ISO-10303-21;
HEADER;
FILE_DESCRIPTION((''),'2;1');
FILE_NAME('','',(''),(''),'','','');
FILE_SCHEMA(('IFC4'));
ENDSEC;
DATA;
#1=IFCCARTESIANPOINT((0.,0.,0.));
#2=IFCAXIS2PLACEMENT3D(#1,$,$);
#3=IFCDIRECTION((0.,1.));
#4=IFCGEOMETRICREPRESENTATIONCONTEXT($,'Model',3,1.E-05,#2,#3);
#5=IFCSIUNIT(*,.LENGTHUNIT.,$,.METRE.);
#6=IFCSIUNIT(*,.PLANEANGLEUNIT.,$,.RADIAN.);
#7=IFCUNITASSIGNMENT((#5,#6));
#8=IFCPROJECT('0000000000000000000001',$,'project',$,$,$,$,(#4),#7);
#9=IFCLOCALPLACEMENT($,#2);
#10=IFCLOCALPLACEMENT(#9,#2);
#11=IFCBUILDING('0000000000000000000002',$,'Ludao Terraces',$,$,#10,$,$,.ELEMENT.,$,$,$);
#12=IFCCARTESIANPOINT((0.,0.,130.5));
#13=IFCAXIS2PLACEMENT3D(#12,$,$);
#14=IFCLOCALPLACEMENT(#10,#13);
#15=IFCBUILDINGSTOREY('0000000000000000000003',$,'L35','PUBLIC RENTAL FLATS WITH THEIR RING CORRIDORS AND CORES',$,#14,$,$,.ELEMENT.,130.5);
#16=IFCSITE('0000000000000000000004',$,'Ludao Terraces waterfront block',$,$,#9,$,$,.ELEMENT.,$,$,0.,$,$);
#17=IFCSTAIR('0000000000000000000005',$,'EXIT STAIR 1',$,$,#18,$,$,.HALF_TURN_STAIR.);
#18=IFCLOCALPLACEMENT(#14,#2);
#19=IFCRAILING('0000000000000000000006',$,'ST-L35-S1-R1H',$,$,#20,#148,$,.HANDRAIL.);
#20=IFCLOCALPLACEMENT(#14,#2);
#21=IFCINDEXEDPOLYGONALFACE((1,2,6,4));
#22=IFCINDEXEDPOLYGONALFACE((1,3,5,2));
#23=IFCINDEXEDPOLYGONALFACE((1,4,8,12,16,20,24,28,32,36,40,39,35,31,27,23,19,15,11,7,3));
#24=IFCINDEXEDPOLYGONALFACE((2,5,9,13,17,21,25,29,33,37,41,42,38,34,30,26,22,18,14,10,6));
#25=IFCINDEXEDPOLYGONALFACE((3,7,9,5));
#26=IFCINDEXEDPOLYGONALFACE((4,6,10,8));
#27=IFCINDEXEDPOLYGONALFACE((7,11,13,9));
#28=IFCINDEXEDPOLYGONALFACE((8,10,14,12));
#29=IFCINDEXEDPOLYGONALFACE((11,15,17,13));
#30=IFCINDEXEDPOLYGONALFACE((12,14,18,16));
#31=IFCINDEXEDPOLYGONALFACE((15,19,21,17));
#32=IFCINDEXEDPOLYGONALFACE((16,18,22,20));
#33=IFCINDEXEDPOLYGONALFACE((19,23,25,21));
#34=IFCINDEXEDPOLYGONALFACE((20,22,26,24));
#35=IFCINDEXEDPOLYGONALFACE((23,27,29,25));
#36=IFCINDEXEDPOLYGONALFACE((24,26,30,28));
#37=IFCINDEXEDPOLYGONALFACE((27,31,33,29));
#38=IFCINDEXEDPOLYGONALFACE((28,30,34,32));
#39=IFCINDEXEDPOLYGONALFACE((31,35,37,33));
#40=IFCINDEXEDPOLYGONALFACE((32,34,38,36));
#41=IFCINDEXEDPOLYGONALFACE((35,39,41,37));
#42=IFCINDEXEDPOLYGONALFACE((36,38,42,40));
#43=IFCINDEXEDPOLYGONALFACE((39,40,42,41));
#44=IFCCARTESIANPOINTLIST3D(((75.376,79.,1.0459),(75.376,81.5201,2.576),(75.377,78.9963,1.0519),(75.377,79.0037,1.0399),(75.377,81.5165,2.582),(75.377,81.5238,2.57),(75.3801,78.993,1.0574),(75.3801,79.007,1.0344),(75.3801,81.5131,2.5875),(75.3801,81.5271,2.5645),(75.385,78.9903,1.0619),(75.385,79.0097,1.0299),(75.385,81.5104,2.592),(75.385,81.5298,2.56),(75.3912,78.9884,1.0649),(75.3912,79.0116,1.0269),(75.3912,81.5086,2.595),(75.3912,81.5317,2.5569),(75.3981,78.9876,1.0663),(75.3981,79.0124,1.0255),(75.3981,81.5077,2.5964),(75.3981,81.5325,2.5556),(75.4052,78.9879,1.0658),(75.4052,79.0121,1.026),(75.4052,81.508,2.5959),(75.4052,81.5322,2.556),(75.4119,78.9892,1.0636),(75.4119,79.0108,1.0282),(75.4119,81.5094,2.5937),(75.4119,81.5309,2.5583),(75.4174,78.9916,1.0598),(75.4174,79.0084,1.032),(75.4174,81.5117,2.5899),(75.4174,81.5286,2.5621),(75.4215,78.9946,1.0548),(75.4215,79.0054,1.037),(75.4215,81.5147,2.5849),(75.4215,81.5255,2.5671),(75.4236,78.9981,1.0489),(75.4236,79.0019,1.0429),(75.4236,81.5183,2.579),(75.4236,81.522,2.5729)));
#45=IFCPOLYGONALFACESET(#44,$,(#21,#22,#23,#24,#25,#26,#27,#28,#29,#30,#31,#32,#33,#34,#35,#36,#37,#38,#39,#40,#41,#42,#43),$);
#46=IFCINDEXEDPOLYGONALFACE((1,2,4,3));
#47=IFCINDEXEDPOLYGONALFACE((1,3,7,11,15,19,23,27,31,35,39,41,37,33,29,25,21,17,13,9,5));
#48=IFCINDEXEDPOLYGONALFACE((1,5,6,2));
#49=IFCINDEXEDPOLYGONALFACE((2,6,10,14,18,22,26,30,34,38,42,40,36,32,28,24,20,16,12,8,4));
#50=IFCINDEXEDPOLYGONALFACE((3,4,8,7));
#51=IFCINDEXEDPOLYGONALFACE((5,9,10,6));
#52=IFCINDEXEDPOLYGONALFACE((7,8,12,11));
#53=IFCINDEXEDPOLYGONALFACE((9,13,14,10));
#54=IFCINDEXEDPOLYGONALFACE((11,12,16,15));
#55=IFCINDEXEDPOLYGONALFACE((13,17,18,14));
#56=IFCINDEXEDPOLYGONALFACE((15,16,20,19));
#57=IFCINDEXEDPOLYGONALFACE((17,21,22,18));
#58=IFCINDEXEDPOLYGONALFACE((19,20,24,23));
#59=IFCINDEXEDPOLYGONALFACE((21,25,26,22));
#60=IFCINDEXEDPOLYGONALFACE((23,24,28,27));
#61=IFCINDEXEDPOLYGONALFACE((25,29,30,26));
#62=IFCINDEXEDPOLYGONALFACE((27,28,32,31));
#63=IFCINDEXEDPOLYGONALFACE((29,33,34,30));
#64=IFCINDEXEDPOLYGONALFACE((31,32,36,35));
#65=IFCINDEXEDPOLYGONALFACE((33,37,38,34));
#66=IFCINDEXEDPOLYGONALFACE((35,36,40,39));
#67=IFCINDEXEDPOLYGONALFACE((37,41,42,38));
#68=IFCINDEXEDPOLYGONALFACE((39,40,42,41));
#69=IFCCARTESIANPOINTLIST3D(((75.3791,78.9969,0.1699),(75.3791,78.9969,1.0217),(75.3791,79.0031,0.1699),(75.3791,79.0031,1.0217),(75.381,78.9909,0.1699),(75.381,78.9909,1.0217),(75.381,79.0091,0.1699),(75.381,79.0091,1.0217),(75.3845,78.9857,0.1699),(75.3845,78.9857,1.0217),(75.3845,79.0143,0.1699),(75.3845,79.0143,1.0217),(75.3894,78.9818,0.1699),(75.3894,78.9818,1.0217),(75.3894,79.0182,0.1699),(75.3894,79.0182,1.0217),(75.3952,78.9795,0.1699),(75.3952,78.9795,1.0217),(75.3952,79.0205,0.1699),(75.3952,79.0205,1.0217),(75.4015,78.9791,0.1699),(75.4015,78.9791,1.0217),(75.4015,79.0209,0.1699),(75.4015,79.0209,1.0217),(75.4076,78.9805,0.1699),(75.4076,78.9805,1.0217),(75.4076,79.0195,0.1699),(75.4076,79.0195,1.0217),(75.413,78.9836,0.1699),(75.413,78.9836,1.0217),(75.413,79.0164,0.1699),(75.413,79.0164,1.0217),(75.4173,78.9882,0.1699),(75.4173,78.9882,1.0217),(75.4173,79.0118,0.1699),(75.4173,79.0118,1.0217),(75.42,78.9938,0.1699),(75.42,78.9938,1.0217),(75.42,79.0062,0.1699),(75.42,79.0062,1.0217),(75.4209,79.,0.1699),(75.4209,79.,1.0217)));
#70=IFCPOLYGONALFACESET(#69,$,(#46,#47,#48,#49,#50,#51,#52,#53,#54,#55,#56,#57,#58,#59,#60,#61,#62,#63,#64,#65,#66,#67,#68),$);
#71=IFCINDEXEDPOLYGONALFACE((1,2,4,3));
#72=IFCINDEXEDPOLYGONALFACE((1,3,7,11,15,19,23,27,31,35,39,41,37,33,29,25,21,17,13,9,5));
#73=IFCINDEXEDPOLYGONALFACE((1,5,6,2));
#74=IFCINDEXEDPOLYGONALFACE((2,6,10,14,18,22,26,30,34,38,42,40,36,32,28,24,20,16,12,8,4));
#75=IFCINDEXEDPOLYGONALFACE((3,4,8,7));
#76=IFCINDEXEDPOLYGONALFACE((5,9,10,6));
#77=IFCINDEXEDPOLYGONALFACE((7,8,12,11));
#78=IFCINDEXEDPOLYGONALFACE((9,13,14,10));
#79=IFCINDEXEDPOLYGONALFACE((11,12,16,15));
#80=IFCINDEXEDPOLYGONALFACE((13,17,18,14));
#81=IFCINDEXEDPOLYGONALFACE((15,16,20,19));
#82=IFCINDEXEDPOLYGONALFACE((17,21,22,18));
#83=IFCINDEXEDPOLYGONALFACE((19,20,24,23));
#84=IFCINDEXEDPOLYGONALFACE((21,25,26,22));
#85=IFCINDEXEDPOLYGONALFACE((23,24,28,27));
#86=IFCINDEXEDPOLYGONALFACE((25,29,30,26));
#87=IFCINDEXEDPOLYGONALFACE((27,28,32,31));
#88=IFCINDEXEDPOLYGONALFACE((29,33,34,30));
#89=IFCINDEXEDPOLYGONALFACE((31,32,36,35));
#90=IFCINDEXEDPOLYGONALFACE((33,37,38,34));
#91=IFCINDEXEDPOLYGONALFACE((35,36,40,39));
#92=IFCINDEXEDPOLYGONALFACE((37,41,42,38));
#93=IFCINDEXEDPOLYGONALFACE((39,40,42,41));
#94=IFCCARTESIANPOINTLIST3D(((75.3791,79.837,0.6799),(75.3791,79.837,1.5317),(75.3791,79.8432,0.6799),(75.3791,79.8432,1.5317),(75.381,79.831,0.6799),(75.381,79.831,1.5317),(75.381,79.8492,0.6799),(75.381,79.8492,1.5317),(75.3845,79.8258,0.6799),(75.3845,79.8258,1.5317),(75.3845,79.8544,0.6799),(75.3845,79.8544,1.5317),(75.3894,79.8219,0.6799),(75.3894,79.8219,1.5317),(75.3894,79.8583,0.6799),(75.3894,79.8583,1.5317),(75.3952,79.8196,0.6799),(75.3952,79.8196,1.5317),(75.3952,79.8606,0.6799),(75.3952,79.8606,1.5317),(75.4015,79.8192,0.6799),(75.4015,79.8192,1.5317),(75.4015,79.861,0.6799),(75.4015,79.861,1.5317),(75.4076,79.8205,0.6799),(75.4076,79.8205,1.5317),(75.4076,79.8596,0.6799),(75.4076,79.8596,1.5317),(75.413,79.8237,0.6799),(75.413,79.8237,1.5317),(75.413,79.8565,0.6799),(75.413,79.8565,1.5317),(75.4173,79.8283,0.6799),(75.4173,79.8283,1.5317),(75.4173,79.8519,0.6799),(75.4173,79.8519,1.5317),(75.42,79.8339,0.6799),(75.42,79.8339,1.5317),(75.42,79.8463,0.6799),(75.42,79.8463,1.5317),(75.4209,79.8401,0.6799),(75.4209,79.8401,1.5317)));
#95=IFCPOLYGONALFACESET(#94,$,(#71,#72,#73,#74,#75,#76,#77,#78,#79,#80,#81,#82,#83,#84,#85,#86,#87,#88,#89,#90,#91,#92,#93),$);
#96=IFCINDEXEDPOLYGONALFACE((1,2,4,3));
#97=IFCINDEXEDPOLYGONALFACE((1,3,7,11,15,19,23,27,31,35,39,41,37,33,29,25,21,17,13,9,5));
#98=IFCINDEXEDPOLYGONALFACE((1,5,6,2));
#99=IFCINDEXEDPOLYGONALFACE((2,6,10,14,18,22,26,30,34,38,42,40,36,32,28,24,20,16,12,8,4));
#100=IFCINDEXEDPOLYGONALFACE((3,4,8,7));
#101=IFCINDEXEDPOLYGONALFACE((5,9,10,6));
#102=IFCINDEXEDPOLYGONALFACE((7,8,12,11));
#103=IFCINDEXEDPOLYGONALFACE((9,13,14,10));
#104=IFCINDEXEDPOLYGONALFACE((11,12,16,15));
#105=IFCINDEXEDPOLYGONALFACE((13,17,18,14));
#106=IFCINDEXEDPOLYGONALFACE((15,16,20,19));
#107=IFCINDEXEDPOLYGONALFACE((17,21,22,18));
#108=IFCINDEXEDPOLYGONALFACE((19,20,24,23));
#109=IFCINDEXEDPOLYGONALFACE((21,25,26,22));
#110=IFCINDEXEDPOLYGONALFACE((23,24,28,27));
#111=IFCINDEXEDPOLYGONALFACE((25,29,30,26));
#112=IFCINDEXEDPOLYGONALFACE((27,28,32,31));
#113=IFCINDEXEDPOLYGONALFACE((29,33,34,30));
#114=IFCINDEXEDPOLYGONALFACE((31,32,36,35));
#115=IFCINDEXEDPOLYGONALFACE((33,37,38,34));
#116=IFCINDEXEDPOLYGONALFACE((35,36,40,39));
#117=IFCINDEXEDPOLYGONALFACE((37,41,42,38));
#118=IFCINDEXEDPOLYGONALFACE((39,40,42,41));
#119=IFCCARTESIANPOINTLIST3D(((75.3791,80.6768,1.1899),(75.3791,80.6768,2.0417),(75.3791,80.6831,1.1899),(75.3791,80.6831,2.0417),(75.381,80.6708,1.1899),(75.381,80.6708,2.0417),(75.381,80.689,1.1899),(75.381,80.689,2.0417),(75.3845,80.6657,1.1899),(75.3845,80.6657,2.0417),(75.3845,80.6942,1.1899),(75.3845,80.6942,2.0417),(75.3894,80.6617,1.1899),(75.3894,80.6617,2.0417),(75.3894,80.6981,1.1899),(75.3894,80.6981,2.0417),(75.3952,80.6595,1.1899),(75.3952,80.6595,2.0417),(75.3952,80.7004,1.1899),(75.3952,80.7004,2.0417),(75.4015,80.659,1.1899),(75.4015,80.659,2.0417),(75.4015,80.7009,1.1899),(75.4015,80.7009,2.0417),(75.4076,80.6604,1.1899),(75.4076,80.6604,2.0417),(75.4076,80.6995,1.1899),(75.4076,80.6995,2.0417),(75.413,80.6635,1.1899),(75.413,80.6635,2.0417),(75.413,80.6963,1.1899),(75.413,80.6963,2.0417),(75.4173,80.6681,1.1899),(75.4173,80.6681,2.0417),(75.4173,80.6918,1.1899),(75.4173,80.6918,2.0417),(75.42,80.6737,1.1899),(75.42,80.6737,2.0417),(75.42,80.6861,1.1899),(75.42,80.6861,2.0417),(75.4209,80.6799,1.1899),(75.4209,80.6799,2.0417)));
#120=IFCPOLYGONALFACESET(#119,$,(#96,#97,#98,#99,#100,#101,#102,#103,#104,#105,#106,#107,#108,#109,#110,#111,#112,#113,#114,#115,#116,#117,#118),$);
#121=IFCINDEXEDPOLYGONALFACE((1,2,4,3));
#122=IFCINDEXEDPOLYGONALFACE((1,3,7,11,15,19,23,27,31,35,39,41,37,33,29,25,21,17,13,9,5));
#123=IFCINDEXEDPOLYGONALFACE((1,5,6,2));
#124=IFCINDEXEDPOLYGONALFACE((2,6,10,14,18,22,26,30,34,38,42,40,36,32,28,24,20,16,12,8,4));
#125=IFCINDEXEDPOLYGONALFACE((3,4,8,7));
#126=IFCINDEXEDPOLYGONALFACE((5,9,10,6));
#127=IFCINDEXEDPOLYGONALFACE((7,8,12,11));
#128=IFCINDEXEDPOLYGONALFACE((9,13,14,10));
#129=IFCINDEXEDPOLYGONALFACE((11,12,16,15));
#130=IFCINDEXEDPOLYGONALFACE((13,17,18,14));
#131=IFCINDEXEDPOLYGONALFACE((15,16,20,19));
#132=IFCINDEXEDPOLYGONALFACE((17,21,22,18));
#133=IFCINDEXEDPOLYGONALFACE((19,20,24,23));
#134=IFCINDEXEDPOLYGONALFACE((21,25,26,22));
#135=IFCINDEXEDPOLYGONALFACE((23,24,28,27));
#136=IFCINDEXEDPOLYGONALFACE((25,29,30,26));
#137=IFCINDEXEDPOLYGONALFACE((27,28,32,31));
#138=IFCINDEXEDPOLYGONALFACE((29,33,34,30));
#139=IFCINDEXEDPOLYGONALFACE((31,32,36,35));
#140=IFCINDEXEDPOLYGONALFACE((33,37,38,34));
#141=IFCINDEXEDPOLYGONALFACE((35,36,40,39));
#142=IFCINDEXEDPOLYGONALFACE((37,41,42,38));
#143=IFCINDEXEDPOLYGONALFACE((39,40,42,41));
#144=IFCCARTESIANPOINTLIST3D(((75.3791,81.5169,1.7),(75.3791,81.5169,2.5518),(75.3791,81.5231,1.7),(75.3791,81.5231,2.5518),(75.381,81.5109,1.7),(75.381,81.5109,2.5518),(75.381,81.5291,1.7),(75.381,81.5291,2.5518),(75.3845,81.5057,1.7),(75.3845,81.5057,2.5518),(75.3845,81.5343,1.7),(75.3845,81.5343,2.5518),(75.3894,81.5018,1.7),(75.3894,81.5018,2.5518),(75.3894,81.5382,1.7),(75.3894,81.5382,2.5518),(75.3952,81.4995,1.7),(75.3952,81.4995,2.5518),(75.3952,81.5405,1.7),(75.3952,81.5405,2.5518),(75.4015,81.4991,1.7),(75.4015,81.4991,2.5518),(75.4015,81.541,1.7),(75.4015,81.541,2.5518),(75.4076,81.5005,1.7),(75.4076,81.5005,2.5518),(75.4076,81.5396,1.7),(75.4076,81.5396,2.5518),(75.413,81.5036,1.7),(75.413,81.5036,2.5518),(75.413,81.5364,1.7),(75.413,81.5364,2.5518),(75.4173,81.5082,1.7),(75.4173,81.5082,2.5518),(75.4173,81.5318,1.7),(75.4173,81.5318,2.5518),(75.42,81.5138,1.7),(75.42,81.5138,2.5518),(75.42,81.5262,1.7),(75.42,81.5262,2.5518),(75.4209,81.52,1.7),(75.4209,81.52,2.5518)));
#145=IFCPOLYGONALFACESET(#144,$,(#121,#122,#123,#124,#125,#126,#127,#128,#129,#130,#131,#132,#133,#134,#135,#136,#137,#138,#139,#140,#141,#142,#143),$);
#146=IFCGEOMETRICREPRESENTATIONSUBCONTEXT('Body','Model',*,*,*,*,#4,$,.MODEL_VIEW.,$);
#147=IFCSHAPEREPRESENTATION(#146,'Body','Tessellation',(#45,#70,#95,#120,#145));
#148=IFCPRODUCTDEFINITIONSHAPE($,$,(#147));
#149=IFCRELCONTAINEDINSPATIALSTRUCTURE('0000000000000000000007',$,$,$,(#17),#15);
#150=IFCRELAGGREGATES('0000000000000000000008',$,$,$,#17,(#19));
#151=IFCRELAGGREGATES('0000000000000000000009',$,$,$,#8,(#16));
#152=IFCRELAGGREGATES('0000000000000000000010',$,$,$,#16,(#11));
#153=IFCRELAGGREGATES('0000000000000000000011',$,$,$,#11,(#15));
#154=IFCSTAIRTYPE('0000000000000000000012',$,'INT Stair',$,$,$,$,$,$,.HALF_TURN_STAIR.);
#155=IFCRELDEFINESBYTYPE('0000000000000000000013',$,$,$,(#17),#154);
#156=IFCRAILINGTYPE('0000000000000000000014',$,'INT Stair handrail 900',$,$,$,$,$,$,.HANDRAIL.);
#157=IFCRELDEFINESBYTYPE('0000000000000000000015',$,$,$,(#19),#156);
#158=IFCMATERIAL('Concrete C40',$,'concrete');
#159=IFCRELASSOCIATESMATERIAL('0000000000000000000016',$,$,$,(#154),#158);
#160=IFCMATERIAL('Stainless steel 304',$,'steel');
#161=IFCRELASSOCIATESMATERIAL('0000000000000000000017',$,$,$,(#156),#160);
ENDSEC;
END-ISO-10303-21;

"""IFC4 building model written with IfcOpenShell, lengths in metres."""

from ifc_helpers import new_model, si_unit, direction, frame, origin, origin_2d, place, context, subcontext, project, spatial, circle, extrude, material, type_object, element, aggregate, save


model = new_model("IFC4")

# Units and contexts
model_context = context("Model", 3, precision=1e-05, world=origin(), true_north=direction((0.0, 1.0)))
body_context = subcontext(model_context, "Body", "Model", "MODEL_VIEW")
ifc_project = project(units=[si_unit("LENGTHUNIT", "METRE"), si_unit("PLANEANGLEUNIT", "RADIAN")], contexts=[model_context])

# Site, building, storey
site_placement = place(None, origin())
site = spatial("IfcSite", under=ifc_project, at=site_placement, Name="Ludao Terraces waterfront block", CompositionType="ELEMENT", RefElevation=0.0)
building_placement = place(site_placement, origin())
building = spatial("IfcBuilding", under=site, at=building_placement, Name="Ludao Terraces", CompositionType="ELEMENT")
storey_placement = place(building_placement, frame((0.0, 0.0, 130.5)))
storey = spatial("IfcBuildingStorey", under=building, at=storey_placement, Name="L35", Description="PUBLIC RENTAL FLATS WITH THEIR RING CORRIDORS AND CORES", CompositionType="ELEMENT", Elevation=130.5)

# Shared definitions
ifc_material_1 = material(Name="Concrete C40", Category="concrete")

# Stair, railing
stair_type = type_object("IfcStairType", Name="INT Stair", PredefinedType="HALF_TURN_STAIR", material=ifc_material_1)
stair_placement = place(storey_placement, origin())
stair = element("IfcStair", 1, at=stair_placement, inside=storey, type_object=stair_type, Name="EXIT STAIR 1", PredefinedType="HALF_TURN_STAIR")
ifc_material_2 = material(Name="Stainless steel 304", Category="steel")
railing_type = type_object("IfcRailingType", Name="INT Stair handrail 900", PredefinedType="HANDRAIL", material=ifc_material_2)
railing_placement = place(storey_placement, frame((75.3999, 79.0, 0.1699)))
railing = element("IfcRailing", 2, at=railing_placement, type_object=railing_type, Name="ST-L35-S1-R1H", PredefinedType="HANDRAIL", context=body_context, shape_type="SweptSolid", body=[
    extrude(circle(Radius=0.0239, at=origin_2d()), frame((0.0, 0.0, 0.876), z_axis=(0.0, 0.854785, 0.518982), x_axis=(-1.0, 0.0, 0.0)), (0.0, 0.0, 1.0), 2.9482),
    extrude(circle(Radius=0.021, at=origin_2d()), origin(), (0.0, 0.0, 1.0), 0.8518),
    extrude(circle(Radius=0.021, at=origin_2d()), frame((0.0, 0.8401, 0.51)), (0.0, 0.0, 1.0), 0.8518),
    extrude(circle(Radius=0.021, at=origin_2d()), frame((0.0, 1.6799, 1.02)), (0.0, 0.0, 1.0), 0.8518),
    extrude(circle(Radius=0.021, at=origin_2d()), frame((0.0, 2.52, 1.53)), (0.0, 0.0, 1.0), 0.8518),
])
aggregate(stair, [railing])

save(model, "model.ifc")
